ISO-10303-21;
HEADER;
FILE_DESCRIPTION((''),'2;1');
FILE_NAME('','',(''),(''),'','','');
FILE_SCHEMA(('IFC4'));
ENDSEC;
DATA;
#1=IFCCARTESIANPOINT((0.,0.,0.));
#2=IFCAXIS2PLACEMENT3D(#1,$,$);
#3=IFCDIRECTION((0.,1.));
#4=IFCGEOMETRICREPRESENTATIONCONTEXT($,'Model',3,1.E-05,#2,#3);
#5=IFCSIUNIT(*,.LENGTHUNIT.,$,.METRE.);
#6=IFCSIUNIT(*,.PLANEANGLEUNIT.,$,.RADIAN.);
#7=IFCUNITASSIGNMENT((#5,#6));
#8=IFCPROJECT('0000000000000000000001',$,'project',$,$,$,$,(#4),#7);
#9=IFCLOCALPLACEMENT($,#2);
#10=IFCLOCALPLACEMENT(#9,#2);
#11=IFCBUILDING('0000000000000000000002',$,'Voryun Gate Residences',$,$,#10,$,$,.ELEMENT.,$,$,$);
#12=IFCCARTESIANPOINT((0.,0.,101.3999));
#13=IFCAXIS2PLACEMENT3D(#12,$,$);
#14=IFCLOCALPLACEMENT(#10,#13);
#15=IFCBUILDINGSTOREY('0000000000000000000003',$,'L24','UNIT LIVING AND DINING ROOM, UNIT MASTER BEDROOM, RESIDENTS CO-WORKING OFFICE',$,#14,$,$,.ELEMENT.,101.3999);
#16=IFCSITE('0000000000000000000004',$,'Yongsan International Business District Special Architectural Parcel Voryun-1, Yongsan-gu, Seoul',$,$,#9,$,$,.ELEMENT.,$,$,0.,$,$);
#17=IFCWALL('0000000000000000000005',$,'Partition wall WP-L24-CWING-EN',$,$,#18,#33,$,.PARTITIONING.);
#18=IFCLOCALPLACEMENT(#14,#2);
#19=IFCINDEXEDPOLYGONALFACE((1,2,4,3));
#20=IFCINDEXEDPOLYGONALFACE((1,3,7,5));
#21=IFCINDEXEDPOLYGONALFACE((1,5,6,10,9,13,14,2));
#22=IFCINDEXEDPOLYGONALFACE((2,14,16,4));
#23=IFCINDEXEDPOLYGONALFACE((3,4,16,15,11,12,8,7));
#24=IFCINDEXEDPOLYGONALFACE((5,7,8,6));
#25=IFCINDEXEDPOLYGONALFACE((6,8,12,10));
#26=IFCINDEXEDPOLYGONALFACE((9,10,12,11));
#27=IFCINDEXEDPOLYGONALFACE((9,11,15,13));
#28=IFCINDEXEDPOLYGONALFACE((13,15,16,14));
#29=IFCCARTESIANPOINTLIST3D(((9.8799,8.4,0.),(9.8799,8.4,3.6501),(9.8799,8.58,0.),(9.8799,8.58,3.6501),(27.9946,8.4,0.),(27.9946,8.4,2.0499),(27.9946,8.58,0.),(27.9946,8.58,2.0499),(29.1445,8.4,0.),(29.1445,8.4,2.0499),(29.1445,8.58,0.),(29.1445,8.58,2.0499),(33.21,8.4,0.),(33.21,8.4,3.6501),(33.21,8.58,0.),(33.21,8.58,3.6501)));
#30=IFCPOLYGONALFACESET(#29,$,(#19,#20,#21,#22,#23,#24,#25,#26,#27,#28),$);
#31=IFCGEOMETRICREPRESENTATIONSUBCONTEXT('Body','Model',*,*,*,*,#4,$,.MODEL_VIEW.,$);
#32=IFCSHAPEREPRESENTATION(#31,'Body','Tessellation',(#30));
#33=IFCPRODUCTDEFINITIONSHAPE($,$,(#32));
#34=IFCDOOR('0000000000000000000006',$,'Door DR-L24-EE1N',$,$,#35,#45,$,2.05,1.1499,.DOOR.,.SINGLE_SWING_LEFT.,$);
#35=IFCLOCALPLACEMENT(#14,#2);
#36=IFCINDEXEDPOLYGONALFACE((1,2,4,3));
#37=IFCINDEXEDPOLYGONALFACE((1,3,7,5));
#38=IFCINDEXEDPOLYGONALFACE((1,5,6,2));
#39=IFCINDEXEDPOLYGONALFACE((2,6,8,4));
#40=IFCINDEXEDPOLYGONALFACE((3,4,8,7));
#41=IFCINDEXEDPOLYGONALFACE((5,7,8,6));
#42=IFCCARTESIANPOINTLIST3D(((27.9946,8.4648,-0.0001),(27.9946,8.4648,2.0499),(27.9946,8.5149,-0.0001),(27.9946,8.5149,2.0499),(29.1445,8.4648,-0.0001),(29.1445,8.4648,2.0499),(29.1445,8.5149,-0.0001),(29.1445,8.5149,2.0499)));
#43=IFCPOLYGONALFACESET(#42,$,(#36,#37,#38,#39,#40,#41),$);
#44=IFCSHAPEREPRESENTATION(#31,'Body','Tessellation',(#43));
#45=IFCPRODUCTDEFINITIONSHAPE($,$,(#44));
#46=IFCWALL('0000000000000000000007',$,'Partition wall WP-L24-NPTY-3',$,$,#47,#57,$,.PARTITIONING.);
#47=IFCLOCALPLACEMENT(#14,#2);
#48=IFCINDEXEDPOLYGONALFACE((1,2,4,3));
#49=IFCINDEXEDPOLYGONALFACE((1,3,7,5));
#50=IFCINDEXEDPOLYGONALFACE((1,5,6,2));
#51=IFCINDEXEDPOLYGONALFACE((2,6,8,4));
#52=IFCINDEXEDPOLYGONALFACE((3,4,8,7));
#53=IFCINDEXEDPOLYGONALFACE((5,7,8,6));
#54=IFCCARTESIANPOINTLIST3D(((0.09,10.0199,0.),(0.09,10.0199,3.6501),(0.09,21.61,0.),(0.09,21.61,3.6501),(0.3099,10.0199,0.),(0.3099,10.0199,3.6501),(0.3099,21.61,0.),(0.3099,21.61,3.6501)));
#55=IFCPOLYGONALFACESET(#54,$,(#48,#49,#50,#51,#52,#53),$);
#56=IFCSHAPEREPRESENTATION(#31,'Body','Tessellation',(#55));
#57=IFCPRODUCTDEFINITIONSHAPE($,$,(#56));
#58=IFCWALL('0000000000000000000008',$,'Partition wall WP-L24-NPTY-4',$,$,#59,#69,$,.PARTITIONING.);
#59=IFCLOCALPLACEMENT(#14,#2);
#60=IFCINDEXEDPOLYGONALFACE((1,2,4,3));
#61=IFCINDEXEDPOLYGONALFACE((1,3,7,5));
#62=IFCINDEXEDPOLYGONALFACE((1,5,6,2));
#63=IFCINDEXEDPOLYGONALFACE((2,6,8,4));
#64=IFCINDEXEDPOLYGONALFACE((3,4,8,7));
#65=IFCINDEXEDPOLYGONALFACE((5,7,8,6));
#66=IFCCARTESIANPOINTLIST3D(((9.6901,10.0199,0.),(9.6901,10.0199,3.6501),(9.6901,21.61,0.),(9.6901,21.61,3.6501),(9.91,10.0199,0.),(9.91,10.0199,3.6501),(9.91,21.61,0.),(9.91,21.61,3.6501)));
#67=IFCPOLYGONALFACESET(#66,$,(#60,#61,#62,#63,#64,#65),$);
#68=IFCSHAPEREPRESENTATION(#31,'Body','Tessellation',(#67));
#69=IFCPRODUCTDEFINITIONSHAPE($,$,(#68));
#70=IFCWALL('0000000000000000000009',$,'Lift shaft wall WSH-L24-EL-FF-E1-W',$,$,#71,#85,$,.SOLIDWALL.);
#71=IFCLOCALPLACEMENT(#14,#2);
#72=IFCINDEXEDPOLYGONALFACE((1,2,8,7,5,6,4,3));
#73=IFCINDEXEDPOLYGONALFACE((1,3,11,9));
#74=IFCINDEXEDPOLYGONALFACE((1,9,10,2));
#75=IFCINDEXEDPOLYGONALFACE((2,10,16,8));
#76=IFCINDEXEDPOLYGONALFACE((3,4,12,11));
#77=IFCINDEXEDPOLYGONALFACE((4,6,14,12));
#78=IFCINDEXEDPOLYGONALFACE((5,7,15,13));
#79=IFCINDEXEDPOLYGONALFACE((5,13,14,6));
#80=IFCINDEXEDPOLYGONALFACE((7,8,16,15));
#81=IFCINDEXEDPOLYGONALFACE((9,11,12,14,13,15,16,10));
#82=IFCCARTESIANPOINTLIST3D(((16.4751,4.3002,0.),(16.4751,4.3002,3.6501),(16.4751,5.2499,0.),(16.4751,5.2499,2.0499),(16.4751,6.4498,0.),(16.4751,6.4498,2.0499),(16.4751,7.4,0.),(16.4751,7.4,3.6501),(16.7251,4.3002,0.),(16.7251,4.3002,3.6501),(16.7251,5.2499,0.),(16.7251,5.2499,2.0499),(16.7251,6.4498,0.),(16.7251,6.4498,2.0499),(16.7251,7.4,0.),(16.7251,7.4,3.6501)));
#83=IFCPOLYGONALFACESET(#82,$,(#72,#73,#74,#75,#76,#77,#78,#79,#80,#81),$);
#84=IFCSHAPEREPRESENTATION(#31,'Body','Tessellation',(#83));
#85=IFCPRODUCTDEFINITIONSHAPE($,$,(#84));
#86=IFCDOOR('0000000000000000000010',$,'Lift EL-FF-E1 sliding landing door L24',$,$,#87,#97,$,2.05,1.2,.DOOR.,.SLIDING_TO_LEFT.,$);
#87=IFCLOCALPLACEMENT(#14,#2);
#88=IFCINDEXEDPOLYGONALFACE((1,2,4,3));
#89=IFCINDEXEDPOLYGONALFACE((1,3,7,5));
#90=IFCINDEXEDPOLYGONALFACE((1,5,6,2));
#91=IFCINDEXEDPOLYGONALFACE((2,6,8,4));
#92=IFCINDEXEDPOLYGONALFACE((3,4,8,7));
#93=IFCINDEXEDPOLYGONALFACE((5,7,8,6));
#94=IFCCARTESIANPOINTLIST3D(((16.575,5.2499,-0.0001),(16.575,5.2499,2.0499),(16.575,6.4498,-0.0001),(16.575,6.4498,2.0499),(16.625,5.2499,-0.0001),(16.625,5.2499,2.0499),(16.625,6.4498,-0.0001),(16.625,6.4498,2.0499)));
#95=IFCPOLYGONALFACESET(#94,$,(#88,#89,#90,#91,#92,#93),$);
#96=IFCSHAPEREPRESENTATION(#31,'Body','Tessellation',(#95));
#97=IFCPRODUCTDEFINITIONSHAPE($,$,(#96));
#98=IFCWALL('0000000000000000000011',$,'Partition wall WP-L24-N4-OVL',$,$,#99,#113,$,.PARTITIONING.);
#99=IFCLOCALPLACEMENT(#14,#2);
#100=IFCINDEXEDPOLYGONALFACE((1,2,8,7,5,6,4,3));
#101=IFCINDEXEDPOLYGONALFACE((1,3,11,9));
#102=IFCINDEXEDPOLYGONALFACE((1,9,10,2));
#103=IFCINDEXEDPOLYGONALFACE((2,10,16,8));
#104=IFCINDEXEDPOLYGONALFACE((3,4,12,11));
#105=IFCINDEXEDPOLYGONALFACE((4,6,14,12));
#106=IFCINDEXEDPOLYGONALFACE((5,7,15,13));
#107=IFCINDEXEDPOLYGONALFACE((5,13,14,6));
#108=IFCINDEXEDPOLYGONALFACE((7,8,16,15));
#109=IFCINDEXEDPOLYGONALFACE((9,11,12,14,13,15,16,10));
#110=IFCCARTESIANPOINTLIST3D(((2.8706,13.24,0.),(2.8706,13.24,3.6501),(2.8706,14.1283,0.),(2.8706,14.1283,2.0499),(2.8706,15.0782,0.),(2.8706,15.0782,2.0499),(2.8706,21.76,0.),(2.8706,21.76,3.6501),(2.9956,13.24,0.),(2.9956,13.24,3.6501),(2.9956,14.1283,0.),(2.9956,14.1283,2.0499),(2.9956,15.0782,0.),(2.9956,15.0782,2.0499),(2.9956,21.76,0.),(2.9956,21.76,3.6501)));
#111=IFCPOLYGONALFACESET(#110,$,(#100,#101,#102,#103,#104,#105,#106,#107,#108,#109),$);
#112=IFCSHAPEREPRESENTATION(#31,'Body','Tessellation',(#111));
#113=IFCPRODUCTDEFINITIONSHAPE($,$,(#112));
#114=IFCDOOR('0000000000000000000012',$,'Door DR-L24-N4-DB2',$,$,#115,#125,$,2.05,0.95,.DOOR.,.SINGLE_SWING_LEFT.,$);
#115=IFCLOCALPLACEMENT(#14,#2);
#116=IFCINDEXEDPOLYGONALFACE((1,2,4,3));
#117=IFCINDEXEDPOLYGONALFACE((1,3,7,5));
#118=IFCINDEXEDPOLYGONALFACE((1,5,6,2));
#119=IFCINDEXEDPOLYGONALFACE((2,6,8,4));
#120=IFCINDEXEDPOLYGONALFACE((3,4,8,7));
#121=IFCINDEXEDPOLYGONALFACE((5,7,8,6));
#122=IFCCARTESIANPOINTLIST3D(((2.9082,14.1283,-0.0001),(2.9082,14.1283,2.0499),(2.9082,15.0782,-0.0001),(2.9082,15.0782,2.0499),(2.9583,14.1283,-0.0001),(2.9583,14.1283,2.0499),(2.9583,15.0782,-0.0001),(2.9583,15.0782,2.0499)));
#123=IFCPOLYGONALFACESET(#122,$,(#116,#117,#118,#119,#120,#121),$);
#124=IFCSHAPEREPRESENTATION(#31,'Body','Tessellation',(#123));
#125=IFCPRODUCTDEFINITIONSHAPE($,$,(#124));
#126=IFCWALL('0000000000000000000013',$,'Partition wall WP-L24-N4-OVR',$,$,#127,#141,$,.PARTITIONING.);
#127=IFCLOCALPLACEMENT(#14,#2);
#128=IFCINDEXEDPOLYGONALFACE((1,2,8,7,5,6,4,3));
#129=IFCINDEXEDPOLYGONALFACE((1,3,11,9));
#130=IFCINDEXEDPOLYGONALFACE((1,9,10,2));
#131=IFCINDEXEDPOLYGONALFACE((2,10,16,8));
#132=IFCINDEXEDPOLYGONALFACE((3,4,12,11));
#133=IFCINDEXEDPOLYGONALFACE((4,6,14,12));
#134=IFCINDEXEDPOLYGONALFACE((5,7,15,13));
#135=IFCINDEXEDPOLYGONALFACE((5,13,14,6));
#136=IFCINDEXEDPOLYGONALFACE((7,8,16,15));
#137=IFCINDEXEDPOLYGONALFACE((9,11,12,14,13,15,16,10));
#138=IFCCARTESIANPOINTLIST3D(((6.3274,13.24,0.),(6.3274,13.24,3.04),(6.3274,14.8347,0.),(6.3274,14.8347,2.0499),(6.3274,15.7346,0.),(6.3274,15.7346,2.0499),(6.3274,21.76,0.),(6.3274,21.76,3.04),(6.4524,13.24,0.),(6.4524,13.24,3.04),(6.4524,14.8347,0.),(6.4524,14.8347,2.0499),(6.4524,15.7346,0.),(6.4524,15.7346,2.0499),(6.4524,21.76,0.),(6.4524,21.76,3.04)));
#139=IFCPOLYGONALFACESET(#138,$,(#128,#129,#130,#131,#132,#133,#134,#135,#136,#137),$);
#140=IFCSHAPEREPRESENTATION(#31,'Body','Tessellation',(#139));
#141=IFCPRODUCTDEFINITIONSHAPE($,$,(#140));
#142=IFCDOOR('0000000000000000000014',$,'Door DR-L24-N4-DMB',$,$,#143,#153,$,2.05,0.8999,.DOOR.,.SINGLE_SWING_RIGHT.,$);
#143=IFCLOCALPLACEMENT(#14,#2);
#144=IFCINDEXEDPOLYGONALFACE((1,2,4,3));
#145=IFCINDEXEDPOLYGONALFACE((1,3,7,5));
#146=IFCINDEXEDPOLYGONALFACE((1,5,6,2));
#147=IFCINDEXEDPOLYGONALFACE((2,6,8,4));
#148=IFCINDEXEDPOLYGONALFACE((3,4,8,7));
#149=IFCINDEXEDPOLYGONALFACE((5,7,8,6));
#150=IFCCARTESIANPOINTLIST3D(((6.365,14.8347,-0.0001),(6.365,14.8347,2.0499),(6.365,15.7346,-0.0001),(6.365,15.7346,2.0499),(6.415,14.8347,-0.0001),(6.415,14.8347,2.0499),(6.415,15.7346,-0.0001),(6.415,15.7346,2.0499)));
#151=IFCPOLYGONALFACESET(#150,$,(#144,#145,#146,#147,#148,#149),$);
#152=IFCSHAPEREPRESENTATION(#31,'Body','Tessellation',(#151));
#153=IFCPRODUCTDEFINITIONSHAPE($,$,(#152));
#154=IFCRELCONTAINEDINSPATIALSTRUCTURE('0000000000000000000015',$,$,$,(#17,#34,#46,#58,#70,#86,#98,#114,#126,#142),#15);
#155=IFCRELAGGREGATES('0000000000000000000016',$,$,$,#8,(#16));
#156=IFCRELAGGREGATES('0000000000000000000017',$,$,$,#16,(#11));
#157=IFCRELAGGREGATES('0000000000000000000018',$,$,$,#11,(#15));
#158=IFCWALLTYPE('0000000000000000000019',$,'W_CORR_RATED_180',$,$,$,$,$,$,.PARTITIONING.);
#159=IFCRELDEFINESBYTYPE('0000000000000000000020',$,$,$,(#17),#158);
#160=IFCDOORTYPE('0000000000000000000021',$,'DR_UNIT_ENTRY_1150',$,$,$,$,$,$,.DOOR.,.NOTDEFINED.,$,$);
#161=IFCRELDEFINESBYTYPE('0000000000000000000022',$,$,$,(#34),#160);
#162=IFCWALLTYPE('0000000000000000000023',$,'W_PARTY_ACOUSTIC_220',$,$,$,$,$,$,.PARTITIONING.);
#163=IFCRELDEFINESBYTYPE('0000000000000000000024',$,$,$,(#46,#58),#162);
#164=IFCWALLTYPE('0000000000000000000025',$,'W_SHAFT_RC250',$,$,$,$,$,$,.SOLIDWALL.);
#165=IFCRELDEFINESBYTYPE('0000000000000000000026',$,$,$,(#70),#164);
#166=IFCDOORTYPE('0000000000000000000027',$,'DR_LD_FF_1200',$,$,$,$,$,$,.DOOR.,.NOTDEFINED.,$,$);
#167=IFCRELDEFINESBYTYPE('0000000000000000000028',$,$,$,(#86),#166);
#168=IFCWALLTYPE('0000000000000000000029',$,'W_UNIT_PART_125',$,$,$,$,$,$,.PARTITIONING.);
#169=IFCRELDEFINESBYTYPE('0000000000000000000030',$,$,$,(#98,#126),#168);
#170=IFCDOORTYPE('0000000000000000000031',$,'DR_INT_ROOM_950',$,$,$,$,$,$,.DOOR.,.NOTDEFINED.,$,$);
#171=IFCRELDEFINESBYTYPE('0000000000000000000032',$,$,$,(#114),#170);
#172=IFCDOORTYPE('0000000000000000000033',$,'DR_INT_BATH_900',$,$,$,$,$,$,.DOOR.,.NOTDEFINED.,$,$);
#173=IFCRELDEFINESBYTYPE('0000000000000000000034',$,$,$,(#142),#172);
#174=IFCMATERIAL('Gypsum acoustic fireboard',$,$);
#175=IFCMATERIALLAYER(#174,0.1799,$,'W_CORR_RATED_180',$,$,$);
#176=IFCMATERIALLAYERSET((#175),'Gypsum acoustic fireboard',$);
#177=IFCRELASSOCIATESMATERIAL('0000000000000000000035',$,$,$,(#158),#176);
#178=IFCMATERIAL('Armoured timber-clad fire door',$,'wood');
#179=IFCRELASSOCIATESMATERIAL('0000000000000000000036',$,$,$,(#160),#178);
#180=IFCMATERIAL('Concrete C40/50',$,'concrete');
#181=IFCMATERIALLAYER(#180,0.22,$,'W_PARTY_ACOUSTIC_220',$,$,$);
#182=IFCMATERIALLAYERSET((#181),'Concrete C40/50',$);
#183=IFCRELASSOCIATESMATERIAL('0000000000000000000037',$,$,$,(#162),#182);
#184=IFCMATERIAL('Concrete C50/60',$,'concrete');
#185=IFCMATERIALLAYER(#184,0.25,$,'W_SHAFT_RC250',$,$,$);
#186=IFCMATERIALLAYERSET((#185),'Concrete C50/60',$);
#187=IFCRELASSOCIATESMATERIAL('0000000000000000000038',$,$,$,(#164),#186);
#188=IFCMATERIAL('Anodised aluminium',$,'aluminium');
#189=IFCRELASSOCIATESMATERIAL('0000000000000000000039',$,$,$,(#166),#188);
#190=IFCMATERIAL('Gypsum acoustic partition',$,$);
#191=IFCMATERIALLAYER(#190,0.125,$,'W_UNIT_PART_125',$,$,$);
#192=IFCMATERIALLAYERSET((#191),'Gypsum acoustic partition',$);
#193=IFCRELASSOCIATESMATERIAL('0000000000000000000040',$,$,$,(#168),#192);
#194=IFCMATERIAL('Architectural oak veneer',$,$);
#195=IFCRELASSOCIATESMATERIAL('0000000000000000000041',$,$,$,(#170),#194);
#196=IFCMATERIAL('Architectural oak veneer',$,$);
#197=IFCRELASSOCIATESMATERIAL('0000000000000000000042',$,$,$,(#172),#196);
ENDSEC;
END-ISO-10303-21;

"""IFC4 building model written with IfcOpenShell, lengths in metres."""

from ifc_helpers import new_model, si_unit, direction, frame, frame_2d, origin, place, context, subcontext, project, spatial, rectangle, extrude, material, layer, layer_set, type_object, element, fill, save


model = new_model("IFC4")

# Units and contexts
model_context = context("Model", 3, precision=1e-05, world=origin(), true_north=direction((0.0, 1.0)))
body_context = subcontext(model_context, "Body", "Model", "MODEL_VIEW")
ifc_project = project(units=[si_unit("LENGTHUNIT", "METRE"), si_unit("PLANEANGLEUNIT", "RADIAN")], contexts=[model_context])

# Site, building, storey
site_placement = place(None, origin())
site = spatial("IfcSite", under=ifc_project, at=site_placement, Name="Yongsan International Business District Special Architectural Parcel Voryun-1, Yongsan-gu, Seoul", CompositionType="ELEMENT", RefElevation=0.0)
building_placement = place(site_placement, origin())
building = spatial("IfcBuilding", under=site, at=building_placement, Name="Voryun Gate Residences", CompositionType="ELEMENT")
storey_placement = place(building_placement, frame((0.0, 0.0, 101.3999)))
storey = spatial("IfcBuildingStorey", under=building, at=storey_placement, Name="L24", Description="UNIT LIVING AND DINING ROOM, UNIT MASTER BEDROOM, RESIDENTS CO-WORKING OFFICE", CompositionType="ELEMENT", Elevation=101.3999)

# Wall, opening, door
ifc_material_1 = material(Name="Gypsum acoustic fireboard")
ifc_layer_1 = layer(ifc_material_1, 0.1799, Name="W_CORR_RATED_180")
ifc_layer_set_1 = layer_set([ifc_layer_1], Name="Gypsum acoustic fireboard")
wall_type_1 = type_object("IfcWallType", Name="W_CORR_RATED_180", PredefinedType="PARTITIONING", material=ifc_layer_set_1)
wall_1_placement = place(storey_placement, frame((9.8799, 8.49, 0.0), z_axis=(0.0, 0.0, 1.0), x_axis=(1.0, 0.0, 0.0)))
wall_1 = element("IfcWall", 1, at=wall_1_placement, inside=storey, type_object=wall_type_1, Name="Partition wall WP-L24-CWING-EN", PredefinedType="PARTITIONING", context=body_context, shape_type="SweptSolid", body=[
    extrude(rectangle(XDim=23.3301, YDim=0.1799, at=frame_2d((11.665, 0.0))), origin(), (0.0, 0.0, 1.0), 3.6501),
])
opening_1_placement = place(wall_1_placement, frame((18.1147, 0.0, 0.0)))
opening_1 = element("IfcOpeningElement", 2, at=opening_1_placement, cuts=wall_1, PredefinedType="OPENING", context=body_context, shape_type="SweptSolid", body=[
    extrude(rectangle(XDim=1.1499, YDim=2.05, at=frame_2d((0.575, 1.0249))), frame((0.0, 0.0999, 0.0), z_axis=(0.0, -1.0, 0.0), x_axis=(1.0, 0.0, 0.0)), (0.0, 0.0, 1.0), 0.2),
])
ifc_material_2 = material(Name="Armoured timber-clad fire door", Category="wood")
door_type_1 = type_object("IfcDoorType", Name="DR_UNIT_ENTRY_1150", OperationType="NOTDEFINED", PredefinedType="DOOR", material=ifc_material_2)
door_1_placement = place(opening_1_placement, origin())
door_1 = element("IfcDoor", 3, at=door_1_placement, inside=storey, type_object=door_type_1, Name="Door DR-L24-EE1N", OperationType="SINGLE_SWING_LEFT", OverallHeight=2.05, OverallWidth=1.1499, PredefinedType="DOOR", context=body_context, shape_type="SweptSolid", body=[
    extrude(rectangle(XDim=1.1499, YDim=2.05, at=frame_2d((0.575, 1.0249))), frame((0.0, 0.0249, 0.0), z_axis=(0.0, -1.0, 0.0), x_axis=(1.0, 0.0, 0.0)), (0.0, 0.0, 1.0), 0.05),
])
fill(opening_1, door_1)

# Walls
ifc_material_3 = material(Name="Concrete C40/50", Category="concrete")
ifc_layer_2 = layer(ifc_material_3, 0.22, Name="W_PARTY_ACOUSTIC_220")
ifc_layer_set_2 = layer_set([ifc_layer_2], Name="Concrete C40/50")
wall_type_2 = type_object("IfcWallType", Name="W_PARTY_ACOUSTIC_220", PredefinedType="PARTITIONING", material=ifc_layer_set_2)
for number, where, z_axis, x_axis, name in (
    (4, (0.2, 10.02, 0.0), (0.0, 0.0, 1.0), (0.0, 1.0, 0.0), "Partition wall WP-L24-NPTY-3"),
    (5, (9.8, 10.02, 0.0), (0.0, 0.0, 1.0), (0.0, 1.0, 0.0), "Partition wall WP-L24-NPTY-4"),
):
    element("IfcWall", number, at=place(storey_placement, frame(where, z_axis=z_axis, x_axis=x_axis)), inside=storey, type_object=wall_type_2, Name=name, PredefinedType="PARTITIONING", context=body_context, shape_type="SweptSolid", body=[
        extrude(rectangle(XDim=11.5901, YDim=0.22, at=frame_2d((5.7949, 0.0))), origin(), (0.0, 0.0, 1.0), 3.6501),
    ])

# Walls, openings, doors
ifc_material_4 = material(Name="Concrete C50/60", Category="concrete")
ifc_layer_3 = layer(ifc_material_4, 0.25, Name="W_SHAFT_RC250")
ifc_layer_set_3 = layer_set([ifc_layer_3], Name="Concrete C50/60")
wall_type_3 = type_object("IfcWallType", Name="W_SHAFT_RC250", PredefinedType="SOLIDWALL", material=ifc_layer_set_3)
wall_2_placement = place(storey_placement, frame((16.6001, 7.3999, 0.0), z_axis=(0.0, 0.0, 1.0), x_axis=(0.0, -1.0, 0.0)))
wall_2 = element("IfcWall", 6, at=wall_2_placement, inside=storey, type_object=wall_type_3, Name="Lift shaft wall WSH-L24-EL-FF-E1-W", PredefinedType="SOLIDWALL", context=body_context, shape_type="SweptSolid", body=[
    extrude(rectangle(XDim=3.0999, YDim=0.25, at=frame_2d((1.5498, 0.0))), origin(), (0.0, 0.0, 1.0), 3.6501),
])
opening_2_placement = place(wall_2_placement, frame((0.95, 0.0, 0.0)))
opening_2 = element("IfcOpeningElement", 7, at=opening_2_placement, cuts=wall_2, PredefinedType="OPENING", context=body_context, shape_type="SweptSolid", body=[
    extrude(rectangle(XDim=1.2, YDim=2.05, at=frame_2d((0.6001, 1.0249))), frame((0.0, 0.135, 0.0), z_axis=(0.0, -1.0, 0.0), x_axis=(1.0, 0.0, 0.0)), (0.0, 0.0, 1.0), 0.27),
])
ifc_material_5 = material(Name="Anodised aluminium", Category="aluminium")
door_type_2 = type_object("IfcDoorType", Name="DR_LD_FF_1200", OperationType="NOTDEFINED", PredefinedType="DOOR", material=ifc_material_5)
door_2_placement = place(opening_2_placement, origin())
door_2 = element("IfcDoor", 8, at=door_2_placement, inside=storey, type_object=door_type_2, Name="Lift EL-FF-E1 sliding landing door L24", OperationType="SLIDING_TO_LEFT", OverallHeight=2.05, OverallWidth=1.2, PredefinedType="DOOR", context=body_context, shape_type="SweptSolid", body=[
    extrude(rectangle(XDim=1.2, YDim=2.05, at=frame_2d((0.6001, 1.0249))), frame((0.0, 0.0249, 0.0), z_axis=(0.0, -1.0, 0.0), x_axis=(1.0, 0.0, 0.0)), (0.0, 0.0, 1.0), 0.05),
])
fill(opening_2, door_2)
ifc_material_6 = material(Name="Gypsum acoustic partition")
ifc_layer_4 = layer(ifc_material_6, 0.125, Name="W_UNIT_PART_125")
ifc_layer_set_4 = layer_set([ifc_layer_4], Name="Gypsum acoustic partition")
wall_type_4 = type_object("IfcWallType", Name="W_UNIT_PART_125", PredefinedType="PARTITIONING", material=ifc_layer_set_4)
wall_3_placement = place(storey_placement, frame((2.9331, 13.24, 0.0), z_axis=(0.0, 0.0, 1.0), x_axis=(0.0, 1.0, 0.0)))
wall_3 = element("IfcWall", 9, at=wall_3_placement, inside=storey, type_object=wall_type_4, Name="Partition wall WP-L24-N4-OVL", PredefinedType="PARTITIONING", context=body_context, shape_type="SweptSolid", body=[
    extrude(rectangle(XDim=8.52, YDim=0.125, at=frame_2d((4.26, 0.0))), origin(), (0.0, 0.0, 1.0), 3.6501),
])
opening_3_placement = place(wall_3_placement, frame((0.8882, 0.0, 0.0)))
opening_3 = element("IfcOpeningElement", 10, at=opening_3_placement, cuts=wall_3, PredefinedType="OPENING", context=body_context, shape_type="SweptSolid", body=[
    extrude(rectangle(XDim=0.95, YDim=2.05, at=frame_2d((0.4751, 1.0249))), frame((0.0, 0.0725, 0.0), z_axis=(0.0, -1.0, 0.0), x_axis=(1.0, 0.0, 0.0)), (0.0, 0.0, 1.0), 0.145),
])
ifc_material_7 = material(Name="Architectural oak veneer")
door_type_3 = type_object("IfcDoorType", Name="DR_INT_ROOM_950", OperationType="NOTDEFINED", PredefinedType="DOOR", material=ifc_material_7)
door_3_placement = place(opening_3_placement, origin())
door_3 = element("IfcDoor", 11, at=door_3_placement, inside=storey, type_object=door_type_3, Name="Door DR-L24-N4-DB2", OperationType="SINGLE_SWING_LEFT", OverallHeight=2.05, OverallWidth=0.95, PredefinedType="DOOR", context=body_context, shape_type="SweptSolid", body=[
    extrude(rectangle(XDim=0.95, YDim=2.05, at=frame_2d((0.4751, 1.0249))), frame((0.0, 0.0249, 0.0), z_axis=(0.0, -1.0, 0.0), x_axis=(1.0, 0.0, 0.0)), (0.0, 0.0, 1.0), 0.05),
])
fill(opening_3, door_3)
wall_4_placement = place(storey_placement, frame((6.3899, 13.24, 0.0), z_axis=(0.0, 0.0, 1.0), x_axis=(0.0, 1.0, 0.0)))
wall_4 = element("IfcWall", 12, at=wall_4_placement, inside=storey, type_object=wall_type_4, Name="Partition wall WP-L24-N4-OVR", PredefinedType="PARTITIONING", context=body_context, shape_type="SweptSolid", body=[
    extrude(rectangle(XDim=8.52, YDim=0.125, at=frame_2d((4.26, 0.0))), origin(), (0.0, 0.0, 1.0), 3.04),
])
opening_4_placement = place(wall_4_placement, frame((1.5947, 0.0, 0.0)))
opening_4 = element("IfcOpeningElement", 13, at=opening_4_placement, cuts=wall_4, PredefinedType="OPENING", context=body_context, shape_type="SweptSolid", body=[
    extrude(rectangle(XDim=0.8999, YDim=2.05, at=frame_2d((0.45, 1.0249))), frame((0.0, 0.0725, 0.0), z_axis=(0.0, -1.0, 0.0), x_axis=(1.0, 0.0, 0.0)), (0.0, 0.0, 1.0), 0.145),
])
ifc_material_8 = material(Name="Architectural oak veneer")
door_type_4 = type_object("IfcDoorType", Name="DR_INT_BATH_900", OperationType="NOTDEFINED", PredefinedType="DOOR", material=ifc_material_8)
door_4_placement = place(opening_4_placement, origin())
door_4 = element("IfcDoor", 14, at=door_4_placement, inside=storey, type_object=door_type_4, Name="Door DR-L24-N4-DMB", OperationType="SINGLE_SWING_RIGHT", OverallHeight=2.05, OverallWidth=0.8999, PredefinedType="DOOR", context=body_context, shape_type="SweptSolid", body=[
    extrude(rectangle(XDim=0.8999, YDim=2.05, at=frame_2d((0.45, 1.0249))), frame((0.0, 0.0249, 0.0), z_axis=(0.0, -1.0, 0.0), x_axis=(1.0, 0.0, 0.0)), (0.0, 0.0, 1.0), 0.05),
])
fill(opening_4, door_4)

save(model, "model.ifc")
